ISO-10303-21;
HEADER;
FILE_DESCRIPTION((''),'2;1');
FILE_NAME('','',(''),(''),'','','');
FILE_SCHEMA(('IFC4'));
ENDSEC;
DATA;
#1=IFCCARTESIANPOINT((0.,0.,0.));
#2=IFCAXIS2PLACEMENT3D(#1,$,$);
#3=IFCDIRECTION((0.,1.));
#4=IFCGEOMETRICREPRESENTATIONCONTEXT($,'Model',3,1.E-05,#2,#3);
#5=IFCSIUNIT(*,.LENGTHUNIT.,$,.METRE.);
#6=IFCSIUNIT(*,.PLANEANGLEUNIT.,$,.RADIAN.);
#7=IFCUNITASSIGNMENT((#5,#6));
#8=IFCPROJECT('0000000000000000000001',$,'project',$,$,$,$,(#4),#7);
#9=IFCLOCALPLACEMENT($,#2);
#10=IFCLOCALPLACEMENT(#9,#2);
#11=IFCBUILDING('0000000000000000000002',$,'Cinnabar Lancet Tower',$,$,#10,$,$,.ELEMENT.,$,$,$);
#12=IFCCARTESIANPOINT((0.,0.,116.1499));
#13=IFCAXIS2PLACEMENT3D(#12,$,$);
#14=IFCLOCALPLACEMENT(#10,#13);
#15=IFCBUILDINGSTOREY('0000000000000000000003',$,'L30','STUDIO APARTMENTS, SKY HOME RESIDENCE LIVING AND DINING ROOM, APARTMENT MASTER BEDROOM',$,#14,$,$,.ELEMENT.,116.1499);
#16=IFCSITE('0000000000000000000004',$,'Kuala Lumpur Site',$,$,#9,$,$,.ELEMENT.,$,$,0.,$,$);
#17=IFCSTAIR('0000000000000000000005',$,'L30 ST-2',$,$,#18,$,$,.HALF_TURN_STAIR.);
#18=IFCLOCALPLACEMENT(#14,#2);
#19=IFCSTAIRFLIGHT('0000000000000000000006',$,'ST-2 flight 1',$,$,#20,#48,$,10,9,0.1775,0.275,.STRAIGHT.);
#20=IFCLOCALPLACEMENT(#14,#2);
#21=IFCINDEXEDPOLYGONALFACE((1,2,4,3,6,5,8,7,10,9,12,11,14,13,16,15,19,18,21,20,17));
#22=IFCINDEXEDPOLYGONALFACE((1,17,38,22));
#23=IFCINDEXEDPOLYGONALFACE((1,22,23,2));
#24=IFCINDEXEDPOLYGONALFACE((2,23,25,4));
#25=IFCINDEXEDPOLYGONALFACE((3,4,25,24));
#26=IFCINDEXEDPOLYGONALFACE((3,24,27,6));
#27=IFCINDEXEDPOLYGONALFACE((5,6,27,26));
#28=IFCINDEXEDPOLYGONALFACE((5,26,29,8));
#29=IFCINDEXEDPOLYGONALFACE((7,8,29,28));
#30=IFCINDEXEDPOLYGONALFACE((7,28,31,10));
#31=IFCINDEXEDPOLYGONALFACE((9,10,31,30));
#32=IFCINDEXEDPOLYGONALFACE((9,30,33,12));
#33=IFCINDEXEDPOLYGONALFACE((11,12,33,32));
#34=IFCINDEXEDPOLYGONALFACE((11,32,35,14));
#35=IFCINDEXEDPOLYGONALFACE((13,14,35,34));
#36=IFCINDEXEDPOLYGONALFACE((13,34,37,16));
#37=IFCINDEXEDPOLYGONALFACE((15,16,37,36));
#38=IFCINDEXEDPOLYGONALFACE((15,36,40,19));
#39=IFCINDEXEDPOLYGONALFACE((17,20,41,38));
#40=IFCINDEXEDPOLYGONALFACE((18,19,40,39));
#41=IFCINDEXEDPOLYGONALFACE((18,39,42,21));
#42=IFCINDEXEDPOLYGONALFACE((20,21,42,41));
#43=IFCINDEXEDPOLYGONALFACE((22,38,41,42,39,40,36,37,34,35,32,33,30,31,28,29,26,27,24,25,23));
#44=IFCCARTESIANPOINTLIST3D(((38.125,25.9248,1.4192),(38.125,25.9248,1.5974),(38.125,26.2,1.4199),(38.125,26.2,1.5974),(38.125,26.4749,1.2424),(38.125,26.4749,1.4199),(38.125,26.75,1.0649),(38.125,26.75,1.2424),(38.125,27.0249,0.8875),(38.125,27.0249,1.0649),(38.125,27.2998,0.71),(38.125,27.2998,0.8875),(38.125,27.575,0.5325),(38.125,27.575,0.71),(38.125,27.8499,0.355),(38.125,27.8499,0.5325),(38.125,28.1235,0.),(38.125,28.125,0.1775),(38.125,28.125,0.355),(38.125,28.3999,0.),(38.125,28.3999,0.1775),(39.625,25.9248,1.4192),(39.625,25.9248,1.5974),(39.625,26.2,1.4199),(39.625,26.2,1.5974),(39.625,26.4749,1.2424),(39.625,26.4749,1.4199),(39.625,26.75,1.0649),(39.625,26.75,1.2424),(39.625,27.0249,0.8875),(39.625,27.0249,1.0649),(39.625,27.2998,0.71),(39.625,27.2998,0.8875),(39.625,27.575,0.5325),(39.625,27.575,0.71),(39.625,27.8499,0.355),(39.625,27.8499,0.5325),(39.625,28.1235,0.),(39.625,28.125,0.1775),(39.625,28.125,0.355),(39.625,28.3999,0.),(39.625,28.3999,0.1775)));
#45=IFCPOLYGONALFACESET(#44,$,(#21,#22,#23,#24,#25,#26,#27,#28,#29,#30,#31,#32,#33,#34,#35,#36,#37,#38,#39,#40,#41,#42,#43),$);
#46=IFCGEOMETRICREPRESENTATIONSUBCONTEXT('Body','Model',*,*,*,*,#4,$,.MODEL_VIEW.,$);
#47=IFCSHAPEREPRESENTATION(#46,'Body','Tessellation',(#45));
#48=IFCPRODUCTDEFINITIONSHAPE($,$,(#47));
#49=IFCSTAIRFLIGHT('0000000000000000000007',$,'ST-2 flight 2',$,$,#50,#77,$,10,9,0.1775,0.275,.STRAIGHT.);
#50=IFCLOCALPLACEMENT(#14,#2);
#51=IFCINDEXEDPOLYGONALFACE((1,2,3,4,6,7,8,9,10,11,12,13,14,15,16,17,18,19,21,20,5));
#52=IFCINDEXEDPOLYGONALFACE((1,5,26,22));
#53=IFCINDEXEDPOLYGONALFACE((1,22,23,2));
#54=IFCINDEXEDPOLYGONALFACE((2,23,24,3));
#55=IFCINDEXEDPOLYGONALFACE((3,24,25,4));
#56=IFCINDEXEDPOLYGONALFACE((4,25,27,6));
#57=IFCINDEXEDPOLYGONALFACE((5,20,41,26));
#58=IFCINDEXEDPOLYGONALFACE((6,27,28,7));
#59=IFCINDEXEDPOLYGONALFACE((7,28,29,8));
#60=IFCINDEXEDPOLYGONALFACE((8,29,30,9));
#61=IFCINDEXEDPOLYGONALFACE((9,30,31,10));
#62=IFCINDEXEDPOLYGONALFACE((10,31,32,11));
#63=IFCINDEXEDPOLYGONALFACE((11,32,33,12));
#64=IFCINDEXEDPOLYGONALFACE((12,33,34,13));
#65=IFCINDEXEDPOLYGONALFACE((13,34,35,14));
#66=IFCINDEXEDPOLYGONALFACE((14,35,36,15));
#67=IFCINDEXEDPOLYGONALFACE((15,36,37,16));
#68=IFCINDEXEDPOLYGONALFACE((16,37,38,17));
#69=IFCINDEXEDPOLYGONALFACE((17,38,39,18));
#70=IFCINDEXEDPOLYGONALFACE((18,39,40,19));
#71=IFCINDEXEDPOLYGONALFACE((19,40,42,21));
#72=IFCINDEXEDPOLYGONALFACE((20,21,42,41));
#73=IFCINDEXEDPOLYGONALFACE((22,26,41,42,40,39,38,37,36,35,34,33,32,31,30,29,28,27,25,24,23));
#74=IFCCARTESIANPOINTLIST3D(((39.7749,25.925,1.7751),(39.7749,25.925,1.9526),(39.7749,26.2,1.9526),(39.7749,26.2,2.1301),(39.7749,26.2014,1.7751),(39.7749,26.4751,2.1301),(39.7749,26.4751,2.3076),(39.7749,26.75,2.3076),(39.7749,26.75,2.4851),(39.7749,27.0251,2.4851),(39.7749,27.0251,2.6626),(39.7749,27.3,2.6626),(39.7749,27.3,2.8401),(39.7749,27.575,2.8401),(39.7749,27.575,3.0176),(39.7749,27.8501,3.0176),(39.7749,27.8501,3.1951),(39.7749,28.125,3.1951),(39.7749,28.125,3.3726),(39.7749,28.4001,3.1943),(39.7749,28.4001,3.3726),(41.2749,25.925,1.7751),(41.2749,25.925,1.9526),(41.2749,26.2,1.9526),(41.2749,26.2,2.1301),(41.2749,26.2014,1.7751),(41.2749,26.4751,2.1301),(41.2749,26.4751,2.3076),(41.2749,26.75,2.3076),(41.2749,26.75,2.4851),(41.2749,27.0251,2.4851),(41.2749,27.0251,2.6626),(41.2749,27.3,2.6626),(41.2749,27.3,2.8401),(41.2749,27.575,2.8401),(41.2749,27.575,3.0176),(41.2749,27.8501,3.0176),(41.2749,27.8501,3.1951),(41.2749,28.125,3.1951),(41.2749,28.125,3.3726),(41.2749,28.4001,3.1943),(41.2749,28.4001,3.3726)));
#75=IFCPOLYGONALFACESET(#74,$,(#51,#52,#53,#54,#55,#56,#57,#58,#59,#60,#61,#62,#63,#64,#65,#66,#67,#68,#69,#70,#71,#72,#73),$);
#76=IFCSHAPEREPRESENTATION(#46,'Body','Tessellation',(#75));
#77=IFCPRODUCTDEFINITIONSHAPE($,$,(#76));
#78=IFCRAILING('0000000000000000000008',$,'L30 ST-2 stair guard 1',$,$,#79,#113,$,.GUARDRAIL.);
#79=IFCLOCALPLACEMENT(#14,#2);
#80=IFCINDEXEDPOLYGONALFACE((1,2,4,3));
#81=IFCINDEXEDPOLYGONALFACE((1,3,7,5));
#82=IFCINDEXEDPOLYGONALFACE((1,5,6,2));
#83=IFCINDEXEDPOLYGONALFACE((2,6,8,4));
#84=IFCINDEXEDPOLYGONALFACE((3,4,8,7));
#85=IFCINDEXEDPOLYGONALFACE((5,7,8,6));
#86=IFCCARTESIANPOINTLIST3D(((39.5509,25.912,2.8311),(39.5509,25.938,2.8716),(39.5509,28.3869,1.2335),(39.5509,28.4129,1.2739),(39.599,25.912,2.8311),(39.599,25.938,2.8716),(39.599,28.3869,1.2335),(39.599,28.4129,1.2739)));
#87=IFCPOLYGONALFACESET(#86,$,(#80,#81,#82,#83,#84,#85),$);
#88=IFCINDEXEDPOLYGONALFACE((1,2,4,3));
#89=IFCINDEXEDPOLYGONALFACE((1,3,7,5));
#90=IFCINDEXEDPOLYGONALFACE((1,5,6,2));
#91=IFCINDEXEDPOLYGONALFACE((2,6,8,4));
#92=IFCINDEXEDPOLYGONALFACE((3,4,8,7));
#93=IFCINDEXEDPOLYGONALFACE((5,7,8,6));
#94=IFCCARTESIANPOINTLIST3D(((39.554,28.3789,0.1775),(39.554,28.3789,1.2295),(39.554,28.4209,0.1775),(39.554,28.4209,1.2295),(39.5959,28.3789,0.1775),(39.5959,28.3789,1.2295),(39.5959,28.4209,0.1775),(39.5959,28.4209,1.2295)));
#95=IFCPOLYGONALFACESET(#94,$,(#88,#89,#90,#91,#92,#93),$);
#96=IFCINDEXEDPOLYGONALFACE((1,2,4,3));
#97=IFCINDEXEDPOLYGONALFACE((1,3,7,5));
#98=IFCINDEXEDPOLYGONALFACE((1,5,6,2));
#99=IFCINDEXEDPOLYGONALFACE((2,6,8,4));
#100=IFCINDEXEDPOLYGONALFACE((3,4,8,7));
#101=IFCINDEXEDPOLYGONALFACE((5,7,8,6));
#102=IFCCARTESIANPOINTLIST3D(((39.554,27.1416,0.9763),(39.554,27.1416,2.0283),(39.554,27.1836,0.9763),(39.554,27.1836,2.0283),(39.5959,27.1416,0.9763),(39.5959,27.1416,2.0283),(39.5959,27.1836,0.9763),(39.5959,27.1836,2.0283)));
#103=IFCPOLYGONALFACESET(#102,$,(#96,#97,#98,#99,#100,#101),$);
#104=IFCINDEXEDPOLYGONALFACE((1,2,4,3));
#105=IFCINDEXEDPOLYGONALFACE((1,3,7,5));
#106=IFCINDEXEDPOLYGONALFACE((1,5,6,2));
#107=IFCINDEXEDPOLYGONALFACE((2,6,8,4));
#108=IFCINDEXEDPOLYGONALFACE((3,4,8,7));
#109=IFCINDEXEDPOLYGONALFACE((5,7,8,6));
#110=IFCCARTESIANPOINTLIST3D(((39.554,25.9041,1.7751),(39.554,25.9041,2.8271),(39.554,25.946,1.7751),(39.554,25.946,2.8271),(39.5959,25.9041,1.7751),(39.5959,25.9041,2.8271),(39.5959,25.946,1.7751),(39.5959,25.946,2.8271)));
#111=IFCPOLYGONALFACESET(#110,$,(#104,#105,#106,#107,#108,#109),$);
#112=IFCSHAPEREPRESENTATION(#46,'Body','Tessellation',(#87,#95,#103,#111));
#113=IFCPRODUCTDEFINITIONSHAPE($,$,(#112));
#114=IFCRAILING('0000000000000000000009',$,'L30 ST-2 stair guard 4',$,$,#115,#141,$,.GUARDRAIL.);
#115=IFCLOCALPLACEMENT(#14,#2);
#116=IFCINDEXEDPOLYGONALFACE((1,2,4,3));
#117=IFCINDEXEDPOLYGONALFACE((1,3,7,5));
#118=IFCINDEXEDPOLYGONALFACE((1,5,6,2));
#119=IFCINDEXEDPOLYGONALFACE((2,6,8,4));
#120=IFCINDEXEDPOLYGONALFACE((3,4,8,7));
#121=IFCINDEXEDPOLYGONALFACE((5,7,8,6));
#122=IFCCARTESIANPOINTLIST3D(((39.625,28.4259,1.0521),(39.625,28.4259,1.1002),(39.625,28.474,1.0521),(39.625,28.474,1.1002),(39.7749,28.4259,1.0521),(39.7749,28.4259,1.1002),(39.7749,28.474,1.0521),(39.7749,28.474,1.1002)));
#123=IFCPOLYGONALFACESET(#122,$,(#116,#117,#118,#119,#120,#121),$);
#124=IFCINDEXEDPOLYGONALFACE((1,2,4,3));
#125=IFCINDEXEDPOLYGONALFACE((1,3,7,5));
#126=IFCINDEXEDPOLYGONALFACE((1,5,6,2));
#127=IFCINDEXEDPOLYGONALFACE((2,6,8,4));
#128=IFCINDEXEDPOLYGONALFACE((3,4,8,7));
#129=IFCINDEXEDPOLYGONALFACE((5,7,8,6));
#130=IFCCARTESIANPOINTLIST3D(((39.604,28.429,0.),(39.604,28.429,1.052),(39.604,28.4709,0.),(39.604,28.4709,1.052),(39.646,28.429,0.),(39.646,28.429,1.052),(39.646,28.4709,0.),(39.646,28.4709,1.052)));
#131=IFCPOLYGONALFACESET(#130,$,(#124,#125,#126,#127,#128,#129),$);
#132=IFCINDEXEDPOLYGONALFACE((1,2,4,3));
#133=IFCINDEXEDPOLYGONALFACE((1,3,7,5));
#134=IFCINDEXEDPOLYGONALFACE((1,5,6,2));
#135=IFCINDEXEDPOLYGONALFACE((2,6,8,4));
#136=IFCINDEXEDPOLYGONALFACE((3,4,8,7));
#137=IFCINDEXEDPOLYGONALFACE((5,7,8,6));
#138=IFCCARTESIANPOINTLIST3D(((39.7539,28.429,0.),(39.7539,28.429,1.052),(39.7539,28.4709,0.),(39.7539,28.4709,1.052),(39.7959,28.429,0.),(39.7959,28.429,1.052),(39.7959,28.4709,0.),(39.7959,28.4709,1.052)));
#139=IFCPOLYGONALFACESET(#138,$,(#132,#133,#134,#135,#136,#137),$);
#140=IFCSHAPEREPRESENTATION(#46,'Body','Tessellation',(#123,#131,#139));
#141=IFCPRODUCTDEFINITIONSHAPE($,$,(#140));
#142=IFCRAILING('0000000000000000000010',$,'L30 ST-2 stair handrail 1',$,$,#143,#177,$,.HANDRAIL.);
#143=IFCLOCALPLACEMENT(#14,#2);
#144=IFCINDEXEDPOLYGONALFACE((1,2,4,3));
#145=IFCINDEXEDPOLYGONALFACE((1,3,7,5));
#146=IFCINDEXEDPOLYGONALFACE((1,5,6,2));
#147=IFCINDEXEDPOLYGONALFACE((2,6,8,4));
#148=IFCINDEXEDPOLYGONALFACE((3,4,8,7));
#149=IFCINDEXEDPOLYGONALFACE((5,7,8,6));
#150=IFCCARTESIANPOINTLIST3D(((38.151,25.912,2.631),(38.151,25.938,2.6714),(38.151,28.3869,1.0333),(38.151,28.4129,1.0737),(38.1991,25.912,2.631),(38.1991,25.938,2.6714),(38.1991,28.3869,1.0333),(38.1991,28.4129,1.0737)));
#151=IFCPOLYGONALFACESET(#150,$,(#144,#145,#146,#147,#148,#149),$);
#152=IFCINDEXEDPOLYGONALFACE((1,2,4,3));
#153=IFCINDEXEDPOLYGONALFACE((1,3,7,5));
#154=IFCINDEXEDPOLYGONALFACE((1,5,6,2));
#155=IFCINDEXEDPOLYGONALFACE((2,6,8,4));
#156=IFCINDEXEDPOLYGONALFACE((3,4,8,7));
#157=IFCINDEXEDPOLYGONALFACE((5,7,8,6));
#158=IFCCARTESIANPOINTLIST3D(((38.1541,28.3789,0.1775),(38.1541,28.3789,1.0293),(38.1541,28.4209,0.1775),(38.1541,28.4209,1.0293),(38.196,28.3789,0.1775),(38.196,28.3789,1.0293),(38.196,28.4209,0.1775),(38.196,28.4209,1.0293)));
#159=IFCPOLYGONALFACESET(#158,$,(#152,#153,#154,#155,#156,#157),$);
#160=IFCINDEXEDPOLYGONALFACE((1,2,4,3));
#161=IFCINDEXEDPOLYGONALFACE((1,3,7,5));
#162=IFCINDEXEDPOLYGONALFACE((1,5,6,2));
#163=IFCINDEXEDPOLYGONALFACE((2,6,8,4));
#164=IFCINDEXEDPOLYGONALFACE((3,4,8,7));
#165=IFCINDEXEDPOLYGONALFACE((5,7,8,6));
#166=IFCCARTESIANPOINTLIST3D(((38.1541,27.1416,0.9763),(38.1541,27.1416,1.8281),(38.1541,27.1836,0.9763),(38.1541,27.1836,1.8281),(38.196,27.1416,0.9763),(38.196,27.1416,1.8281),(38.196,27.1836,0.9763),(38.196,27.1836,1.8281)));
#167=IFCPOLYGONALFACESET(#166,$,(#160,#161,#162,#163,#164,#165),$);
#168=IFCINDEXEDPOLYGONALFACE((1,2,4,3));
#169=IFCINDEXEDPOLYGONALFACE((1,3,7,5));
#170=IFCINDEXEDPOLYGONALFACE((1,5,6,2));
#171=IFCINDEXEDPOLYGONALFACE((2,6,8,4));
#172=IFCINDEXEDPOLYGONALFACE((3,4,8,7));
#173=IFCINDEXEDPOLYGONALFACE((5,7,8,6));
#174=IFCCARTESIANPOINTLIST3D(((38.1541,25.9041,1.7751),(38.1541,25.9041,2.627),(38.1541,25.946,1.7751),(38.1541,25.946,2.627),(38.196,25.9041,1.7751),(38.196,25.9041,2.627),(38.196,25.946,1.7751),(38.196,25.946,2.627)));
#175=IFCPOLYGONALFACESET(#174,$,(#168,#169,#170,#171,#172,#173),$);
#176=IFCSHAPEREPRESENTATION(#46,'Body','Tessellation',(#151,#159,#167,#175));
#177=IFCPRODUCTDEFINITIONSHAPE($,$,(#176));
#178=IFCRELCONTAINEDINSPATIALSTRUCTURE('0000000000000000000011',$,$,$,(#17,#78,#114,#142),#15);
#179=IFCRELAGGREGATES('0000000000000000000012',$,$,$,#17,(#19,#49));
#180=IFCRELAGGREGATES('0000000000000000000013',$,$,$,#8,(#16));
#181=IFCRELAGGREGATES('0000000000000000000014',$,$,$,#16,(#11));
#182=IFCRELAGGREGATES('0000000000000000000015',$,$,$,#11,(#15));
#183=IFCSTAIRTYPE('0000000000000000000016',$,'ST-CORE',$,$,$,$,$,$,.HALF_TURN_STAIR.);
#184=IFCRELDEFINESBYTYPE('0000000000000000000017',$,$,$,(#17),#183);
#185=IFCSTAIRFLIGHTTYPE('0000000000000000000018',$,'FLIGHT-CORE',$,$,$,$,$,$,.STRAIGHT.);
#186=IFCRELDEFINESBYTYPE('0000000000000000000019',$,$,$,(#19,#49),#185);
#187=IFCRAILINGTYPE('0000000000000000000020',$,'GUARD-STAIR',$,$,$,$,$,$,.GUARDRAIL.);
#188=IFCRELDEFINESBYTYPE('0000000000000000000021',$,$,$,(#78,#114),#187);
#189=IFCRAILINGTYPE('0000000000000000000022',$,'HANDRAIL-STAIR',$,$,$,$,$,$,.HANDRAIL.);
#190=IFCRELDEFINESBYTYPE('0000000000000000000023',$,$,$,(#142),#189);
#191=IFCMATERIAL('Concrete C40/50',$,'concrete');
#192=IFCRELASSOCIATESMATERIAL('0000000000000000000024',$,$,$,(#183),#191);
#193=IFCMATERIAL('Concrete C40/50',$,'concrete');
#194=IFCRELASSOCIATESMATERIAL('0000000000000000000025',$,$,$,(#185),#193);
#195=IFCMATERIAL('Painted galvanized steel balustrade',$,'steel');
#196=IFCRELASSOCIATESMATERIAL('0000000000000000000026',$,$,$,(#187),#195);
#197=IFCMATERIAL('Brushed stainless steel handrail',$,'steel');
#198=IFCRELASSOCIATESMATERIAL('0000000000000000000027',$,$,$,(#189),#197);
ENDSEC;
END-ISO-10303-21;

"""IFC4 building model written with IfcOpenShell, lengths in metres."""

from ifc_helpers import new_model, si_unit, direction, frame, origin, origin_2d, place, context, subcontext, project, spatial, polyline, rectangle, outline, extrude, material, type_object, element, aggregate, save


model = new_model("IFC4")

# Units and contexts
model_context = context("Model", 3, precision=1e-05, world=origin(), true_north=direction((0.0, 1.0)))
body_context = subcontext(model_context, "Body", "Model", "MODEL_VIEW")
ifc_project = project(units=[si_unit("LENGTHUNIT", "METRE"), si_unit("PLANEANGLEUNIT", "RADIAN")], contexts=[model_context])

# Site, building, storey
site_placement = place(None, origin())
site = spatial("IfcSite", under=ifc_project, at=site_placement, Name="Kuala Lumpur Site", CompositionType="ELEMENT", RefElevation=0.0)
building_placement = place(site_placement, origin())
building = spatial("IfcBuilding", under=site, at=building_placement, Name="Cinnabar Lancet Tower", CompositionType="ELEMENT")
storey_placement = place(building_placement, frame((0.0, 0.0, 116.1499)))
storey = spatial("IfcBuildingStorey", under=building, at=storey_placement, Name="L30", Description="STUDIO APARTMENTS, SKY HOME RESIDENCE LIVING AND DINING ROOM, APARTMENT MASTER BEDROOM", CompositionType="ELEMENT", Elevation=116.1499)

# Stair, stair flights
ifc_material_1 = material(Name="Concrete C40/50", Category="concrete")
stair_type = type_object("IfcStairType", Name="ST-CORE", PredefinedType="HALF_TURN_STAIR", material=ifc_material_1)
stair_placement = place(storey_placement, origin())
stair = element("IfcStair", 1, at=stair_placement, inside=storey, type_object=stair_type, Name="L30 ST-2", PredefinedType="HALF_TURN_STAIR")
ifc_material_2 = material(Name="Concrete C40/50", Category="concrete")
stair_flight_type = type_object("IfcStairFlightType", Name="FLIGHT-CORE", PredefinedType="STRAIGHT", material=ifc_material_2)
stair_flight_1_placement = place(storey_placement, frame((38.875, 28.3999, 0.0), z_axis=(0.0, 0.0, 1.0), x_axis=(0.0, -1.0, 0.0)))
stair_flight_1 = element("IfcStairFlight", 2, at=stair_flight_1_placement, type_object=stair_flight_type, Name="ST-2 flight 1", NumberOfRisers=10, NumberOfTreads=9, PredefinedType="STRAIGHT", RiserHeight=0.1775, TreadLength=0.275, context=body_context, shape_type="SweptSolid", body=[
    extrude(outline(polyline([(0.0, 0.0), (0.0, 0.1775), (0.2749, 0.1775), (0.2749, 0.355), (0.55, 0.355), (0.55, 0.5325), (0.825, 0.5325), (0.825, 0.71), (1.1001, 0.71), (1.1001, 0.8875), (1.375, 0.8875), (1.375, 1.0649), (1.6499, 1.0649), (1.6499, 1.2424), (1.925, 1.2424), (1.925, 1.4199), (2.2, 1.4199), (2.2, 1.5974), (2.4751, 1.5974), (2.4751, 1.7749), (2.4751, 1.4192), (0.2764, 0.0), (0.0, 0.0)])), frame((0.0, 0.75, 0.0), z_axis=(0.0, -1.0, 0.0), x_axis=(1.0, 0.0, 0.0)), (0.0, 0.0, 1.0), 1.5),
])
stair_flight_2_placement = place(storey_placement, frame((40.5249, 25.925, 1.7751), z_axis=(0.0, 0.0, 1.0), x_axis=(0.0, 1.0, 0.0)))
stair_flight_2 = element("IfcStairFlight", 3, at=stair_flight_2_placement, type_object=stair_flight_type, Name="ST-2 flight 2", NumberOfRisers=10, NumberOfTreads=9, PredefinedType="STRAIGHT", RiserHeight=0.1775, TreadLength=0.275, context=body_context, shape_type="SweptSolid", body=[
    extrude(outline(polyline([(0.0, 0.0), (0.0, 0.1775), (0.2749, 0.1775), (0.2749, 0.355), (0.55, 0.355), (0.55, 0.5325), (0.825, 0.5325), (0.825, 0.71), (1.1001, 0.71), (1.1001, 0.8875), (1.375, 0.8875), (1.375, 1.0649), (1.6499, 1.0649), (1.6499, 1.2424), (1.925, 1.2424), (1.925, 1.4199), (2.2, 1.4199), (2.2, 1.5974), (2.4751, 1.5974), (2.4751, 1.7749), (2.4751, 1.4192), (0.2764, 0.0), (0.0, 0.0)])), frame((0.0, 0.75, 0.0), z_axis=(0.0, -1.0, 0.0), x_axis=(1.0, 0.0, 0.0)), (0.0, 0.0, 1.0), 1.5),
])
aggregate(stair, [stair_flight_1, stair_flight_2])

# Railings
ifc_material_3 = material(Name="Painted galvanized steel balustrade", Category="steel")
railing_type_1 = type_object("IfcRailingType", Name="GUARD-STAIR", PredefinedType="GUARDRAIL", material=ifc_material_3)
railing_1_placement = place(storey_placement, frame((39.575, 28.3999, 0.1775)))
element("IfcRailing", 4, at=railing_1_placement, inside=storey, type_object=railing_type_1, Name="L30 ST-2 stair guard 1", PredefinedType="GUARDRAIL", context=body_context, shape_type="SweptSolid", body=[
    extrude(rectangle(XDim=0.0481, YDim=0.0481, at=origin_2d()), frame((0.0, 0.0, 1.0762), z_axis=(0.0, -0.840146, 0.542361), x_axis=(1.0, 0.0, 0.0)), (0.0, 0.0, 1.0), 2.9458),
    extrude(rectangle(XDim=0.042, YDim=0.042, at=origin_2d()), origin(), (0.0, 0.0, 1.0), 1.052),
    extrude(rectangle(XDim=0.042, YDim=0.042, at=origin_2d()), frame((0.0, -1.2373, 0.7988)), (0.0, 0.0, 1.0), 1.052),
    extrude(rectangle(XDim=0.042, YDim=0.042, at=origin_2d()), frame((0.0, -2.4749, 1.5977)), (0.0, 0.0, 1.0), 1.052),
])
railing_2_placement = place(storey_placement, frame((39.625, 28.45, 0.0)))
element("IfcRailing", 5, at=railing_2_placement, inside=storey, type_object=railing_type_1, Name="L30 ST-2 stair guard 4", PredefinedType="GUARDRAIL", context=body_context, shape_type="SweptSolid", body=[
    extrude(rectangle(XDim=0.0481, YDim=0.0481, at=origin_2d()), frame((0.0, 0.0, 1.0762), z_axis=(1.0, 0.0, 0.0), x_axis=(0.0, 1.0, 0.0)), (0.0, 0.0, 1.0), 0.1499),
    extrude(rectangle(XDim=0.042, YDim=0.042, at=origin_2d()), origin(), (0.0, 0.0, 1.0), 1.052),
    extrude(rectangle(XDim=0.042, YDim=0.042, at=origin_2d()), frame((0.1499, 0.0, 0.0)), (0.0, 0.0, 1.0), 1.052),
])
ifc_material_4 = material(Name="Brushed stainless steel handrail", Category="steel")
railing_type_2 = type_object("IfcRailingType", Name="HANDRAIL-STAIR", PredefinedType="HANDRAIL", material=ifc_material_4)
railing_3_placement = place(storey_placement, frame((38.175, 28.3999, 0.1775)))
element("IfcRailing", 6, at=railing_3_placement, inside=storey, type_object=railing_type_2, Name="L30 ST-2 stair handrail 1", PredefinedType="HANDRAIL", context=body_context, shape_type="SweptSolid", body=[
    extrude(rectangle(XDim=0.0481, YDim=0.0481, at=origin_2d()), frame((0.0, 0.0, 0.876), z_axis=(0.0, -0.840146, 0.542361), x_axis=(1.0, 0.0, 0.0)), (0.0, 0.0, 1.0), 2.9458),
    extrude(rectangle(XDim=0.042, YDim=0.042, at=origin_2d()), origin(), (0.0, 0.0, 1.0), 0.8518),
    extrude(rectangle(XDim=0.042, YDim=0.042, at=origin_2d()), frame((0.0, -1.2373, 0.7988)), (0.0, 0.0, 1.0), 0.8518),
    extrude(rectangle(XDim=0.042, YDim=0.042, at=origin_2d()), frame((0.0, -2.4749, 1.5977)), (0.0, 0.0, 1.0), 0.8518),
])

save(model, "model.ifc")
